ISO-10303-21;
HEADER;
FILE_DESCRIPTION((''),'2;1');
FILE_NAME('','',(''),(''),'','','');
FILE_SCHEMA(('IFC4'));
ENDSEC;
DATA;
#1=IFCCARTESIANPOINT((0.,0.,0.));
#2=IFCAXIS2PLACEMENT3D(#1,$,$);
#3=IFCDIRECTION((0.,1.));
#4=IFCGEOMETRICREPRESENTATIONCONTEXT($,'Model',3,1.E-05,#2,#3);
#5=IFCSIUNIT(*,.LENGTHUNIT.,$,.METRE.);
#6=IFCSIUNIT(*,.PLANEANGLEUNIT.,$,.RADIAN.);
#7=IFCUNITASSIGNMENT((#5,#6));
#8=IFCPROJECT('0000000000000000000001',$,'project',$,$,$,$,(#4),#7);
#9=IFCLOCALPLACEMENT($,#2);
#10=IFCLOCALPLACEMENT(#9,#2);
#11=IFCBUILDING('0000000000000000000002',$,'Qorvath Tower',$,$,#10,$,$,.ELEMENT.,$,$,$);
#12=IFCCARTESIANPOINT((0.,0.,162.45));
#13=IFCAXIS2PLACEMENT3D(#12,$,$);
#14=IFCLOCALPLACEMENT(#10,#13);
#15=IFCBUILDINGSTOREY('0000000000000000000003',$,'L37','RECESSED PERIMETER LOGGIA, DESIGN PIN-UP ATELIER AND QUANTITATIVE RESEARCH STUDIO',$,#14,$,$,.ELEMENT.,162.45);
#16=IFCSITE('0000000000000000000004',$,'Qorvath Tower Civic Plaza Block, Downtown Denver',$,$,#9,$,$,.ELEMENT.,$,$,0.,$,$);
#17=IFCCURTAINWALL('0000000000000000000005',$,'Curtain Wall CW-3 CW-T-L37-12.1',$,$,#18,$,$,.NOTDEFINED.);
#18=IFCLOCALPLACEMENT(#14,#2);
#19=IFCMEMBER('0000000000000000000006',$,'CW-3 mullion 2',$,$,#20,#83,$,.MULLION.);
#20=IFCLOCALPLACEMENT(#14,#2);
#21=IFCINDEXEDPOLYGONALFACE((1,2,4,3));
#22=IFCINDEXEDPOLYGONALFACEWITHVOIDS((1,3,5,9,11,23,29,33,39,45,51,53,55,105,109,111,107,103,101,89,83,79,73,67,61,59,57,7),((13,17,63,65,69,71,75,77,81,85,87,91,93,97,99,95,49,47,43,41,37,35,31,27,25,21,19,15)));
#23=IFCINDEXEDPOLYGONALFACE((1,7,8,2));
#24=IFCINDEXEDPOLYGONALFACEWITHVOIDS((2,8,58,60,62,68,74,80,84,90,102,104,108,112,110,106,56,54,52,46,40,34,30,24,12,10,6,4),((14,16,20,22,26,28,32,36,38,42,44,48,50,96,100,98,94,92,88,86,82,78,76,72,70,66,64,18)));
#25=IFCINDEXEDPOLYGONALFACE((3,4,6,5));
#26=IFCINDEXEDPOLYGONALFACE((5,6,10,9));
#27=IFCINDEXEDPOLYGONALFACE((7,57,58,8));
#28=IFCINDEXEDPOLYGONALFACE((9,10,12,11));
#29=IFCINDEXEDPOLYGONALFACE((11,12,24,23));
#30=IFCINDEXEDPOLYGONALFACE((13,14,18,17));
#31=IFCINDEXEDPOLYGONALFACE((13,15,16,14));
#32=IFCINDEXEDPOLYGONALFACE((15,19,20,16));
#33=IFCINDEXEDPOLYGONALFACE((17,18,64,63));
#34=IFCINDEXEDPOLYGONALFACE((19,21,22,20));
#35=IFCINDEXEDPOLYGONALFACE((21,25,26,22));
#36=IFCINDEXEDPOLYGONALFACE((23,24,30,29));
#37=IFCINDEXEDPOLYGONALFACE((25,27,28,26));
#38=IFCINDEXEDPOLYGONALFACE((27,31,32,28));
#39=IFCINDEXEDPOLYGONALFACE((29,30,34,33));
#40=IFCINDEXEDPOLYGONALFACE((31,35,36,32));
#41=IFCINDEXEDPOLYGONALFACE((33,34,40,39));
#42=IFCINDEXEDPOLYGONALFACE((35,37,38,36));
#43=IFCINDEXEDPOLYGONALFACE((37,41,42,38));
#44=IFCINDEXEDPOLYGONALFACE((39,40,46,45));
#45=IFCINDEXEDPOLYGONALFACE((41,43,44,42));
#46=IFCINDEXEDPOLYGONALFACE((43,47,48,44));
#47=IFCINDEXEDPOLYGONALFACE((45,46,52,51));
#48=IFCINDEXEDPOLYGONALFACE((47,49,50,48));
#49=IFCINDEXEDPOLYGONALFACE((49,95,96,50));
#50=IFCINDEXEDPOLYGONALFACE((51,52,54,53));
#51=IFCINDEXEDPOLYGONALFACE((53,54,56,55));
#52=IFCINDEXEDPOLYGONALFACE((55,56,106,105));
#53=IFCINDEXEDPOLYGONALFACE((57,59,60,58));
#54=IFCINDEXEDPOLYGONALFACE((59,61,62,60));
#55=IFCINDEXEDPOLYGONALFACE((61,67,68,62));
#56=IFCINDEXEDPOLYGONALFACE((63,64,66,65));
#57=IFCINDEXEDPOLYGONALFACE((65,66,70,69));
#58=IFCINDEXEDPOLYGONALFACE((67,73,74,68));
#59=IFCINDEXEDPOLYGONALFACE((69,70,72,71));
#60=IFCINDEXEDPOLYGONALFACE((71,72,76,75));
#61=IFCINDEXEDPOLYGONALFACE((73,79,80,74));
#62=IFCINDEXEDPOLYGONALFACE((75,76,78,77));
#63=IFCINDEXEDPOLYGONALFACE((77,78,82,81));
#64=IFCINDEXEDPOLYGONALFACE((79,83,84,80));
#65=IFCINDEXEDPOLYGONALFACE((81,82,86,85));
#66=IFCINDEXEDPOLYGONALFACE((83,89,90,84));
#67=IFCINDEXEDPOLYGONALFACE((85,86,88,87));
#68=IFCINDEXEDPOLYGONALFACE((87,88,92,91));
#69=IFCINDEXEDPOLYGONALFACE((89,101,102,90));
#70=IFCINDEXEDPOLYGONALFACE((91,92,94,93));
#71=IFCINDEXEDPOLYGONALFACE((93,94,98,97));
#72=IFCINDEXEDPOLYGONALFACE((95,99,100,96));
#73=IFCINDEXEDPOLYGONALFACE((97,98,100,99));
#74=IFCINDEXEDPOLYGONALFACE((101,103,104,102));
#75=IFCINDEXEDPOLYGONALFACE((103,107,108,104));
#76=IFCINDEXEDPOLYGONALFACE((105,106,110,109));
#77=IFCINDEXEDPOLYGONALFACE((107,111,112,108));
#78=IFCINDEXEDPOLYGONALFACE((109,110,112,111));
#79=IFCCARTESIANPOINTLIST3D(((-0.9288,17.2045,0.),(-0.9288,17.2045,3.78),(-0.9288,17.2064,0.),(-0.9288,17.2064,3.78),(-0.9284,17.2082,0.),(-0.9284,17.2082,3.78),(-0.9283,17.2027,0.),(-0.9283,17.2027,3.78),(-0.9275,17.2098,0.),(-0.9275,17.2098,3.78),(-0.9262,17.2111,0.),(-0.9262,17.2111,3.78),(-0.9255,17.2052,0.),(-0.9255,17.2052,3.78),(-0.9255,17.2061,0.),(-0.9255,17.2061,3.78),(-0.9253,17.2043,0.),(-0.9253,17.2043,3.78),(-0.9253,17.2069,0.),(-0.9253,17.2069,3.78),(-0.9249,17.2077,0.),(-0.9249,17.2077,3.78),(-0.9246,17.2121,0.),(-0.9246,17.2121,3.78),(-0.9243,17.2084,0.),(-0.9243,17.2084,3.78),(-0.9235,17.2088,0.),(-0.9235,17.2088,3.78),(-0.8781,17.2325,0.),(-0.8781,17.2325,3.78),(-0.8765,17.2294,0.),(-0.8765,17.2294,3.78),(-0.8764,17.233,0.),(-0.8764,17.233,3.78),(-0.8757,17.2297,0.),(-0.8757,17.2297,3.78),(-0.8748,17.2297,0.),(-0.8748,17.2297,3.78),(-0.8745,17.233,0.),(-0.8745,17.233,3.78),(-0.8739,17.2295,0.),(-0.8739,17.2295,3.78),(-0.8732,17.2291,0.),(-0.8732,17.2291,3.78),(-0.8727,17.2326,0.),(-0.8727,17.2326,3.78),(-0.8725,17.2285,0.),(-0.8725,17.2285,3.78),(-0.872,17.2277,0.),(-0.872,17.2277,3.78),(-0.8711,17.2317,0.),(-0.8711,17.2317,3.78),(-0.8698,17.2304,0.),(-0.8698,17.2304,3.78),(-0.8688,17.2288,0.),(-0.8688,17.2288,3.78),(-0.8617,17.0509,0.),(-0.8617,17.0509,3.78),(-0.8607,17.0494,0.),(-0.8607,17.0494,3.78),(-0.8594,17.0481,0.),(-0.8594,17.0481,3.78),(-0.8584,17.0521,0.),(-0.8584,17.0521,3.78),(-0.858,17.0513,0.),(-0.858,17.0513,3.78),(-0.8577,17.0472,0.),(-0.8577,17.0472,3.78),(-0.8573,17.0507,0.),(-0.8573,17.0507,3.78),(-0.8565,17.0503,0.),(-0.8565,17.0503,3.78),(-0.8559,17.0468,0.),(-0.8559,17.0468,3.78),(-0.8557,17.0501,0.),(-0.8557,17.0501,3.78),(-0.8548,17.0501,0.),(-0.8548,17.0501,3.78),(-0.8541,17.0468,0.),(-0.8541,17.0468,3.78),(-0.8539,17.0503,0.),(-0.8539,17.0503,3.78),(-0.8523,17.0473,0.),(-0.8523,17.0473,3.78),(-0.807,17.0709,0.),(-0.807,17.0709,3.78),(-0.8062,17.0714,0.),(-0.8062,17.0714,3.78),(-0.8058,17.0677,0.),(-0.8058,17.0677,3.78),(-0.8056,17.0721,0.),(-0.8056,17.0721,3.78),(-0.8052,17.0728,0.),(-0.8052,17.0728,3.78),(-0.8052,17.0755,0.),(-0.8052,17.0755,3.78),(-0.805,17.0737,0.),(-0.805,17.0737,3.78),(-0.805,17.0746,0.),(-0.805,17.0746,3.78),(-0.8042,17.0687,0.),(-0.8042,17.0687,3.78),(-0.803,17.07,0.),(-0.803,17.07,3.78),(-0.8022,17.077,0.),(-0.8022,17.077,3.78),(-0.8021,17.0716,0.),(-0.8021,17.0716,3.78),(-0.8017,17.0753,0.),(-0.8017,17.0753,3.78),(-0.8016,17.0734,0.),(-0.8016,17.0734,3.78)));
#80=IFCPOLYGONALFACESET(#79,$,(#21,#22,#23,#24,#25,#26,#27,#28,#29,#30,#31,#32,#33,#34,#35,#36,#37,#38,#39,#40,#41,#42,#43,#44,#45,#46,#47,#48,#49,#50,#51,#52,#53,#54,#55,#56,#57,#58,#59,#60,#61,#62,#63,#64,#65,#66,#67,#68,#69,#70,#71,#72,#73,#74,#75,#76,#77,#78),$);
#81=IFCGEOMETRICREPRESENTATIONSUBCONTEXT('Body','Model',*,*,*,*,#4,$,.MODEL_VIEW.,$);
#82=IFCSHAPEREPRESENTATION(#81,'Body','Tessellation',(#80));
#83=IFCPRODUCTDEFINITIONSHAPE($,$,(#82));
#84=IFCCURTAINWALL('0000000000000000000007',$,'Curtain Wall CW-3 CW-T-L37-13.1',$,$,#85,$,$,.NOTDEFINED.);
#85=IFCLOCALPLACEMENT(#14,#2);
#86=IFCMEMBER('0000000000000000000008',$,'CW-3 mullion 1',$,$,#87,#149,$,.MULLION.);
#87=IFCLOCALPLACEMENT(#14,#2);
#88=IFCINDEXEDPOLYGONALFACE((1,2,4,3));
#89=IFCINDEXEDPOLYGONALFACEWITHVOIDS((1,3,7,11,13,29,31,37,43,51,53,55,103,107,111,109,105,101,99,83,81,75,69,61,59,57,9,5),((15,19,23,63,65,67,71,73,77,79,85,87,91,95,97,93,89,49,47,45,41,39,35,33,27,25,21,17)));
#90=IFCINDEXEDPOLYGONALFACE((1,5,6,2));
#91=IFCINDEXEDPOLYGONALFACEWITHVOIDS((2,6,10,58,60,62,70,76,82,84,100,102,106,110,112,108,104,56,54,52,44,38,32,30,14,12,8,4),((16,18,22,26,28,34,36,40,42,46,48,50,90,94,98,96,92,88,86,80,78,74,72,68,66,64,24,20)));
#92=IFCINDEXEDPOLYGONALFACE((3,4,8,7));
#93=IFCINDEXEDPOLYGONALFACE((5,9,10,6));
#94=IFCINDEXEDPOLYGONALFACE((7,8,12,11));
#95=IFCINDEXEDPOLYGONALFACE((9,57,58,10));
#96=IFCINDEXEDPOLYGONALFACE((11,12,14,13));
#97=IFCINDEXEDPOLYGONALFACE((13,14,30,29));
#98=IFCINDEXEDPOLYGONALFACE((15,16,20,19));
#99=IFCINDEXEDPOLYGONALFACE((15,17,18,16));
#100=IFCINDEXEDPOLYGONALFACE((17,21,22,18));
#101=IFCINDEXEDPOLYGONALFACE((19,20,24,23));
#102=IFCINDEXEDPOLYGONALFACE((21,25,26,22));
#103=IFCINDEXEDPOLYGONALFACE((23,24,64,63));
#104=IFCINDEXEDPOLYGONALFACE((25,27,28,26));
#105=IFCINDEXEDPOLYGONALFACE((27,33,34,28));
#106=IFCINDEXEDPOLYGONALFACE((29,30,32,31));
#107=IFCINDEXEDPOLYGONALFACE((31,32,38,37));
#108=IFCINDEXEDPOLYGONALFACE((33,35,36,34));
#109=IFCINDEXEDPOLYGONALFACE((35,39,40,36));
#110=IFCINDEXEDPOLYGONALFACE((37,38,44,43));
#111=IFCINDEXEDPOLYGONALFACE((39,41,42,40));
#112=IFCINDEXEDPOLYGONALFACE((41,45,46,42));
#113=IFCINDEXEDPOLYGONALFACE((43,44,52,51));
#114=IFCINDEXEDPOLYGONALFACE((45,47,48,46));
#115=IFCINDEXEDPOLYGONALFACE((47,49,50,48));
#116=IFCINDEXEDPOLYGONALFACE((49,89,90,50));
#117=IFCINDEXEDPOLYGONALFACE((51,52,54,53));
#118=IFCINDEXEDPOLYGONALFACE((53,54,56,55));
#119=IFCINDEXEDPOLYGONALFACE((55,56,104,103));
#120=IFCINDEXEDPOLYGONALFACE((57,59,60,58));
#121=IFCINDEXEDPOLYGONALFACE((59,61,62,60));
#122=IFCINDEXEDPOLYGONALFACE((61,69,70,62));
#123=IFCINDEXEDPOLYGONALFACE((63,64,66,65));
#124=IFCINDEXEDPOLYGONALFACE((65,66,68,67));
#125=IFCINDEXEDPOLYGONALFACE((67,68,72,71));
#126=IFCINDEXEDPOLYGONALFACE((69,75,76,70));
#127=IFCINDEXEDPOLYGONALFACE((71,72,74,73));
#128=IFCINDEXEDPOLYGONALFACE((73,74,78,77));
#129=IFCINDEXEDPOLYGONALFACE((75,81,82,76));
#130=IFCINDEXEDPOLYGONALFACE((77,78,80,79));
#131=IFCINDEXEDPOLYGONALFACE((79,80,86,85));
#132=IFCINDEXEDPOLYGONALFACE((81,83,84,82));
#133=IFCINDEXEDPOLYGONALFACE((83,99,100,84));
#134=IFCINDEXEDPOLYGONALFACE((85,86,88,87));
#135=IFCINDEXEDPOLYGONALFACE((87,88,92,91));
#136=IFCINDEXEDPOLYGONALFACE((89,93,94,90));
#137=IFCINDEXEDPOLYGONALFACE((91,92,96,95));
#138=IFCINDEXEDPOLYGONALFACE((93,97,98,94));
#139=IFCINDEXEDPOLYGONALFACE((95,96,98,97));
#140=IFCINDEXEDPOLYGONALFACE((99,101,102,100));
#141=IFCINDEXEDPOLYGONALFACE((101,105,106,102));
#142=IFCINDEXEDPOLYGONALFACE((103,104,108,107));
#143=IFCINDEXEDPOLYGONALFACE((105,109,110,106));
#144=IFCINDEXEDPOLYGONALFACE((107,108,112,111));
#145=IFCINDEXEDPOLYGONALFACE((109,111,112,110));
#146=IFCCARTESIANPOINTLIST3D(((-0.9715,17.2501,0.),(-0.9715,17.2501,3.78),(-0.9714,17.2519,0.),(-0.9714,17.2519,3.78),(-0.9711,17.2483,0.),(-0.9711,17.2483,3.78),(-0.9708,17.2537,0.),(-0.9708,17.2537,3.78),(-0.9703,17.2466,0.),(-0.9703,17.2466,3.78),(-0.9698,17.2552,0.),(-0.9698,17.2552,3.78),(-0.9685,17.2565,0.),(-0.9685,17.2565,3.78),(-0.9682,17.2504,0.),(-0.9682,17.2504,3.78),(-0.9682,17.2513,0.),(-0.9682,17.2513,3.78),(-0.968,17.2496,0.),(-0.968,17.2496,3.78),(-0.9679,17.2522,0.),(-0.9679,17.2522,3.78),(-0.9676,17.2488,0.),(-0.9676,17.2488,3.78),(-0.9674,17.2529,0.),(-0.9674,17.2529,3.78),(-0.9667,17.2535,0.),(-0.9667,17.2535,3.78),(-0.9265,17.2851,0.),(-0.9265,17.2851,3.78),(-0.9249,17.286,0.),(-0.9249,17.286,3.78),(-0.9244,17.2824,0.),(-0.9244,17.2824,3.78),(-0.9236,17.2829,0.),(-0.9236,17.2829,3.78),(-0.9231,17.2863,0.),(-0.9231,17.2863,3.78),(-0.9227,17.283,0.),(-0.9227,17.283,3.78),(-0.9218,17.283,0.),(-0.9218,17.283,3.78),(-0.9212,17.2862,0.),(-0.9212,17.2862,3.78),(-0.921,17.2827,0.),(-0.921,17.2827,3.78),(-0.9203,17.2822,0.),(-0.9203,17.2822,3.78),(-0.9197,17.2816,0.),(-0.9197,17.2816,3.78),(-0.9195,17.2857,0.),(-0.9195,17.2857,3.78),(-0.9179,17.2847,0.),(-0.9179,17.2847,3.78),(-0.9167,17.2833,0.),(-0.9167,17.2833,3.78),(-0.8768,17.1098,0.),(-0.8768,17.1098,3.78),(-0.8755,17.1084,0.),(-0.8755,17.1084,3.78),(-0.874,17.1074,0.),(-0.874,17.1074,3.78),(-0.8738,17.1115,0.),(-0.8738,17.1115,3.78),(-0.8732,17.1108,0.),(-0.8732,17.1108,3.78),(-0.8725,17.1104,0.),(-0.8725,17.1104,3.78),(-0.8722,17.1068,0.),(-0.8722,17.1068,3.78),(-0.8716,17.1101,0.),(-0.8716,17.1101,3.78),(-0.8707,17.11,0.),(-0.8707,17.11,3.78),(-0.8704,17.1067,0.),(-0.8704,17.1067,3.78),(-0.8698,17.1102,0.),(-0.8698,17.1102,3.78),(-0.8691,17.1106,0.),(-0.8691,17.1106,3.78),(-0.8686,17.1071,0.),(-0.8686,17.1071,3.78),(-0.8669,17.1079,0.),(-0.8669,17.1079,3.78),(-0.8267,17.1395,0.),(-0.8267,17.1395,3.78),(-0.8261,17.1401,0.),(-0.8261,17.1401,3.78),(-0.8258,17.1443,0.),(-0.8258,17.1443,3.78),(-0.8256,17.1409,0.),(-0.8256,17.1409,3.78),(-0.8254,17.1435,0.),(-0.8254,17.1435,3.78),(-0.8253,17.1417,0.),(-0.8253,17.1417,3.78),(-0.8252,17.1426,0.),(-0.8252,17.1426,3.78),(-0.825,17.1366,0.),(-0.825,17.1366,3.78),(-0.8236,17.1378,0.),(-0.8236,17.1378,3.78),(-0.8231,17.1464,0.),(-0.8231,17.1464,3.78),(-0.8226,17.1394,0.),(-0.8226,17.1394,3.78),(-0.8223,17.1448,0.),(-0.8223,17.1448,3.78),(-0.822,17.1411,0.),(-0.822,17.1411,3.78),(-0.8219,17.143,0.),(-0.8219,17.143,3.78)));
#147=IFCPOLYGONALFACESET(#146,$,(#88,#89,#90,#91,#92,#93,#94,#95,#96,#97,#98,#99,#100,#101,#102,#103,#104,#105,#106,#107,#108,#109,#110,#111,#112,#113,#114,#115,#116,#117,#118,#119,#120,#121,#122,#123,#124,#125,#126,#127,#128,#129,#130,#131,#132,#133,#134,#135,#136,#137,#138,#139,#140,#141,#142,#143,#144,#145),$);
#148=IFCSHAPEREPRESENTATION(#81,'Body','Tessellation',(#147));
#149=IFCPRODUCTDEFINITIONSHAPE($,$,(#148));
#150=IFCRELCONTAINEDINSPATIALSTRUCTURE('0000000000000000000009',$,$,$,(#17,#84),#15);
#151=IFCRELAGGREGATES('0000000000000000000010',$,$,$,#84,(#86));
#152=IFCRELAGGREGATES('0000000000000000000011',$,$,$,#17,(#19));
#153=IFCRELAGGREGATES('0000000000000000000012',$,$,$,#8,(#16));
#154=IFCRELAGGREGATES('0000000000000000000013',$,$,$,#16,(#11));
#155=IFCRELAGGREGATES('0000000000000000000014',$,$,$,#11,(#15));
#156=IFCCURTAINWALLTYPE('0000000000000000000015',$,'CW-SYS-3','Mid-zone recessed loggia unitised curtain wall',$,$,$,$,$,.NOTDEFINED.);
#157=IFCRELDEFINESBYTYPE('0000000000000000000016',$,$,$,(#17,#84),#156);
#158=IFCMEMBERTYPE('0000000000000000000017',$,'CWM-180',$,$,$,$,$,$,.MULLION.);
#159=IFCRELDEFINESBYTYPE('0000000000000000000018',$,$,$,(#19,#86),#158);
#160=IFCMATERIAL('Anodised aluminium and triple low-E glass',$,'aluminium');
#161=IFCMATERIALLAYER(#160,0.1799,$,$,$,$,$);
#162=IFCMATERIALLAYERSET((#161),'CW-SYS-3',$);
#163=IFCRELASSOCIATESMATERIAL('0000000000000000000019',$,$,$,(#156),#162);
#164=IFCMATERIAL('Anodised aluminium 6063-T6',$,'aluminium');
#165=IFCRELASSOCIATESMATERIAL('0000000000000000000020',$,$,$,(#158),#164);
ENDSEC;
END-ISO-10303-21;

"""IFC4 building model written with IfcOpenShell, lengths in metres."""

from ifc_helpers import new_model, si_unit, direction, frame, origin, origin_2d, place, context, subcontext, project, spatial, hollow_rectangle, extrude, material, layer, layer_set, material_profile, profile_set, type_object, element, aggregate, save


model = new_model("IFC4")

# Units and contexts
model_context = context("Model", 3, precision=1e-05, world=origin(), true_north=direction((0.0, 1.0)))
body_context = subcontext(model_context, "Body", "Model", "MODEL_VIEW")
ifc_project = project(units=[si_unit("LENGTHUNIT", "METRE"), si_unit("PLANEANGLEUNIT", "RADIAN")], contexts=[model_context])

# Site, building, storey
site_placement = place(None, origin())
site = spatial("IfcSite", under=ifc_project, at=site_placement, Name="Qorvath Tower Civic Plaza Block, Downtown Denver", CompositionType="ELEMENT", RefElevation=0.0)
building_placement = place(site_placement, origin())
building = spatial("IfcBuilding", under=site, at=building_placement, Name="Qorvath Tower", CompositionType="ELEMENT")
storey_placement = place(building_placement, frame((0.0, 0.0, 162.45)))
storey = spatial("IfcBuildingStorey", under=building, at=storey_placement, Name="L37", Description="RECESSED PERIMETER LOGGIA, DESIGN PIN-UP ATELIER AND QUANTITATIVE RESEARCH STUDIO", CompositionType="ELEMENT", Elevation=162.45)

# Shared definitions
ifc_material_1 = material(Name="Anodised aluminium and triple low-E glass", Category="aluminium")
ifc_layer_1 = layer(ifc_material_1, 0.1799)
ifc_layer_set_1 = layer_set([ifc_layer_1], Name="CW-SYS-3")
curtain_wall_type = type_object("IfcCurtainWallType", Name="CW-SYS-3", Description="Mid-zone recessed loggia unitised curtain wall", PredefinedType="NOTDEFINED", material=ifc_layer_set_1)
ifc_material_2 = material(Name="Anodised aluminium 6063-T6", Category="aluminium")
ifc_material_profile_1 = material_profile(ifc_material_2, hollow_rectangle(XDim=0.0649, YDim=0.1799, WallThickness=0.0034, InnerFilletRadius=0.0034, OuterFilletRadius=0.0071, at=origin_2d()), Name="CWM 180x65")
ifc_profile_set_1 = profile_set([ifc_material_profile_1], Name="Anodised aluminium 6063-T6")
member_type_1 = type_object("IfcMemberType", Name="CWM-180", PredefinedType="MULLION", material=ifc_profile_set_1)

# Curtain wall, member
curtain_wall_1_placement = place(storey_placement, origin())
curtain_wall_1 = element("IfcCurtainWall", 1, at=curtain_wall_1_placement, inside=storey, type_object=curtain_wall_type, Name="Curtain Wall CW-3 CW-T-L37-12.1", PredefinedType="NOTDEFINED")
member_1_placement = place(storey_placement, frame((-0.8652, 17.1399, 0.0), z_axis=(0.0, 0.0, 1.0), x_axis=(-0.915663, -0.401947, 0.0)))
member_1 = element("IfcMember", 2, at=member_1_placement, type_object=member_type_1, Name="CW-3 mullion 2", PredefinedType="MULLION", context=body_context, shape_type="SweptSolid", body=[
    extrude(hollow_rectangle(XDim=0.0649, YDim=0.1799, WallThickness=0.0034, InnerFilletRadius=0.0034, OuterFilletRadius=0.0071, at=origin_2d()), origin(), (0.0, 0.0, 1.0), 3.78),
])

# Curtain wall, member
curtain_wall_2_placement = place(storey_placement, origin())
curtain_wall_2 = element("IfcCurtainWall", 3, at=curtain_wall_2_placement, inside=storey, type_object=curtain_wall_type, Name="Curtain Wall CW-3 CW-T-L37-13.1", PredefinedType="NOTDEFINED")
member_2_placement = place(storey_placement, frame((-0.8967, 17.1965, 0.0), z_axis=(0.0, 0.0, 1.0), x_axis=(-0.82556, -0.564314, 0.0)))
member_2 = element("IfcMember", 4, at=member_2_placement, type_object=member_type_1, Name="CW-3 mullion 1", PredefinedType="MULLION", context=body_context, shape_type="SweptSolid", body=[
    extrude(hollow_rectangle(XDim=0.0649, YDim=0.1799, WallThickness=0.0034, InnerFilletRadius=0.0034, OuterFilletRadius=0.0071, at=origin_2d()), origin(), (0.0, 0.0, 1.0), 3.78),
])

aggregate(curtain_wall_2, [member_2])

aggregate(curtain_wall_1, [member_1])

save(model, "model.ifc")
